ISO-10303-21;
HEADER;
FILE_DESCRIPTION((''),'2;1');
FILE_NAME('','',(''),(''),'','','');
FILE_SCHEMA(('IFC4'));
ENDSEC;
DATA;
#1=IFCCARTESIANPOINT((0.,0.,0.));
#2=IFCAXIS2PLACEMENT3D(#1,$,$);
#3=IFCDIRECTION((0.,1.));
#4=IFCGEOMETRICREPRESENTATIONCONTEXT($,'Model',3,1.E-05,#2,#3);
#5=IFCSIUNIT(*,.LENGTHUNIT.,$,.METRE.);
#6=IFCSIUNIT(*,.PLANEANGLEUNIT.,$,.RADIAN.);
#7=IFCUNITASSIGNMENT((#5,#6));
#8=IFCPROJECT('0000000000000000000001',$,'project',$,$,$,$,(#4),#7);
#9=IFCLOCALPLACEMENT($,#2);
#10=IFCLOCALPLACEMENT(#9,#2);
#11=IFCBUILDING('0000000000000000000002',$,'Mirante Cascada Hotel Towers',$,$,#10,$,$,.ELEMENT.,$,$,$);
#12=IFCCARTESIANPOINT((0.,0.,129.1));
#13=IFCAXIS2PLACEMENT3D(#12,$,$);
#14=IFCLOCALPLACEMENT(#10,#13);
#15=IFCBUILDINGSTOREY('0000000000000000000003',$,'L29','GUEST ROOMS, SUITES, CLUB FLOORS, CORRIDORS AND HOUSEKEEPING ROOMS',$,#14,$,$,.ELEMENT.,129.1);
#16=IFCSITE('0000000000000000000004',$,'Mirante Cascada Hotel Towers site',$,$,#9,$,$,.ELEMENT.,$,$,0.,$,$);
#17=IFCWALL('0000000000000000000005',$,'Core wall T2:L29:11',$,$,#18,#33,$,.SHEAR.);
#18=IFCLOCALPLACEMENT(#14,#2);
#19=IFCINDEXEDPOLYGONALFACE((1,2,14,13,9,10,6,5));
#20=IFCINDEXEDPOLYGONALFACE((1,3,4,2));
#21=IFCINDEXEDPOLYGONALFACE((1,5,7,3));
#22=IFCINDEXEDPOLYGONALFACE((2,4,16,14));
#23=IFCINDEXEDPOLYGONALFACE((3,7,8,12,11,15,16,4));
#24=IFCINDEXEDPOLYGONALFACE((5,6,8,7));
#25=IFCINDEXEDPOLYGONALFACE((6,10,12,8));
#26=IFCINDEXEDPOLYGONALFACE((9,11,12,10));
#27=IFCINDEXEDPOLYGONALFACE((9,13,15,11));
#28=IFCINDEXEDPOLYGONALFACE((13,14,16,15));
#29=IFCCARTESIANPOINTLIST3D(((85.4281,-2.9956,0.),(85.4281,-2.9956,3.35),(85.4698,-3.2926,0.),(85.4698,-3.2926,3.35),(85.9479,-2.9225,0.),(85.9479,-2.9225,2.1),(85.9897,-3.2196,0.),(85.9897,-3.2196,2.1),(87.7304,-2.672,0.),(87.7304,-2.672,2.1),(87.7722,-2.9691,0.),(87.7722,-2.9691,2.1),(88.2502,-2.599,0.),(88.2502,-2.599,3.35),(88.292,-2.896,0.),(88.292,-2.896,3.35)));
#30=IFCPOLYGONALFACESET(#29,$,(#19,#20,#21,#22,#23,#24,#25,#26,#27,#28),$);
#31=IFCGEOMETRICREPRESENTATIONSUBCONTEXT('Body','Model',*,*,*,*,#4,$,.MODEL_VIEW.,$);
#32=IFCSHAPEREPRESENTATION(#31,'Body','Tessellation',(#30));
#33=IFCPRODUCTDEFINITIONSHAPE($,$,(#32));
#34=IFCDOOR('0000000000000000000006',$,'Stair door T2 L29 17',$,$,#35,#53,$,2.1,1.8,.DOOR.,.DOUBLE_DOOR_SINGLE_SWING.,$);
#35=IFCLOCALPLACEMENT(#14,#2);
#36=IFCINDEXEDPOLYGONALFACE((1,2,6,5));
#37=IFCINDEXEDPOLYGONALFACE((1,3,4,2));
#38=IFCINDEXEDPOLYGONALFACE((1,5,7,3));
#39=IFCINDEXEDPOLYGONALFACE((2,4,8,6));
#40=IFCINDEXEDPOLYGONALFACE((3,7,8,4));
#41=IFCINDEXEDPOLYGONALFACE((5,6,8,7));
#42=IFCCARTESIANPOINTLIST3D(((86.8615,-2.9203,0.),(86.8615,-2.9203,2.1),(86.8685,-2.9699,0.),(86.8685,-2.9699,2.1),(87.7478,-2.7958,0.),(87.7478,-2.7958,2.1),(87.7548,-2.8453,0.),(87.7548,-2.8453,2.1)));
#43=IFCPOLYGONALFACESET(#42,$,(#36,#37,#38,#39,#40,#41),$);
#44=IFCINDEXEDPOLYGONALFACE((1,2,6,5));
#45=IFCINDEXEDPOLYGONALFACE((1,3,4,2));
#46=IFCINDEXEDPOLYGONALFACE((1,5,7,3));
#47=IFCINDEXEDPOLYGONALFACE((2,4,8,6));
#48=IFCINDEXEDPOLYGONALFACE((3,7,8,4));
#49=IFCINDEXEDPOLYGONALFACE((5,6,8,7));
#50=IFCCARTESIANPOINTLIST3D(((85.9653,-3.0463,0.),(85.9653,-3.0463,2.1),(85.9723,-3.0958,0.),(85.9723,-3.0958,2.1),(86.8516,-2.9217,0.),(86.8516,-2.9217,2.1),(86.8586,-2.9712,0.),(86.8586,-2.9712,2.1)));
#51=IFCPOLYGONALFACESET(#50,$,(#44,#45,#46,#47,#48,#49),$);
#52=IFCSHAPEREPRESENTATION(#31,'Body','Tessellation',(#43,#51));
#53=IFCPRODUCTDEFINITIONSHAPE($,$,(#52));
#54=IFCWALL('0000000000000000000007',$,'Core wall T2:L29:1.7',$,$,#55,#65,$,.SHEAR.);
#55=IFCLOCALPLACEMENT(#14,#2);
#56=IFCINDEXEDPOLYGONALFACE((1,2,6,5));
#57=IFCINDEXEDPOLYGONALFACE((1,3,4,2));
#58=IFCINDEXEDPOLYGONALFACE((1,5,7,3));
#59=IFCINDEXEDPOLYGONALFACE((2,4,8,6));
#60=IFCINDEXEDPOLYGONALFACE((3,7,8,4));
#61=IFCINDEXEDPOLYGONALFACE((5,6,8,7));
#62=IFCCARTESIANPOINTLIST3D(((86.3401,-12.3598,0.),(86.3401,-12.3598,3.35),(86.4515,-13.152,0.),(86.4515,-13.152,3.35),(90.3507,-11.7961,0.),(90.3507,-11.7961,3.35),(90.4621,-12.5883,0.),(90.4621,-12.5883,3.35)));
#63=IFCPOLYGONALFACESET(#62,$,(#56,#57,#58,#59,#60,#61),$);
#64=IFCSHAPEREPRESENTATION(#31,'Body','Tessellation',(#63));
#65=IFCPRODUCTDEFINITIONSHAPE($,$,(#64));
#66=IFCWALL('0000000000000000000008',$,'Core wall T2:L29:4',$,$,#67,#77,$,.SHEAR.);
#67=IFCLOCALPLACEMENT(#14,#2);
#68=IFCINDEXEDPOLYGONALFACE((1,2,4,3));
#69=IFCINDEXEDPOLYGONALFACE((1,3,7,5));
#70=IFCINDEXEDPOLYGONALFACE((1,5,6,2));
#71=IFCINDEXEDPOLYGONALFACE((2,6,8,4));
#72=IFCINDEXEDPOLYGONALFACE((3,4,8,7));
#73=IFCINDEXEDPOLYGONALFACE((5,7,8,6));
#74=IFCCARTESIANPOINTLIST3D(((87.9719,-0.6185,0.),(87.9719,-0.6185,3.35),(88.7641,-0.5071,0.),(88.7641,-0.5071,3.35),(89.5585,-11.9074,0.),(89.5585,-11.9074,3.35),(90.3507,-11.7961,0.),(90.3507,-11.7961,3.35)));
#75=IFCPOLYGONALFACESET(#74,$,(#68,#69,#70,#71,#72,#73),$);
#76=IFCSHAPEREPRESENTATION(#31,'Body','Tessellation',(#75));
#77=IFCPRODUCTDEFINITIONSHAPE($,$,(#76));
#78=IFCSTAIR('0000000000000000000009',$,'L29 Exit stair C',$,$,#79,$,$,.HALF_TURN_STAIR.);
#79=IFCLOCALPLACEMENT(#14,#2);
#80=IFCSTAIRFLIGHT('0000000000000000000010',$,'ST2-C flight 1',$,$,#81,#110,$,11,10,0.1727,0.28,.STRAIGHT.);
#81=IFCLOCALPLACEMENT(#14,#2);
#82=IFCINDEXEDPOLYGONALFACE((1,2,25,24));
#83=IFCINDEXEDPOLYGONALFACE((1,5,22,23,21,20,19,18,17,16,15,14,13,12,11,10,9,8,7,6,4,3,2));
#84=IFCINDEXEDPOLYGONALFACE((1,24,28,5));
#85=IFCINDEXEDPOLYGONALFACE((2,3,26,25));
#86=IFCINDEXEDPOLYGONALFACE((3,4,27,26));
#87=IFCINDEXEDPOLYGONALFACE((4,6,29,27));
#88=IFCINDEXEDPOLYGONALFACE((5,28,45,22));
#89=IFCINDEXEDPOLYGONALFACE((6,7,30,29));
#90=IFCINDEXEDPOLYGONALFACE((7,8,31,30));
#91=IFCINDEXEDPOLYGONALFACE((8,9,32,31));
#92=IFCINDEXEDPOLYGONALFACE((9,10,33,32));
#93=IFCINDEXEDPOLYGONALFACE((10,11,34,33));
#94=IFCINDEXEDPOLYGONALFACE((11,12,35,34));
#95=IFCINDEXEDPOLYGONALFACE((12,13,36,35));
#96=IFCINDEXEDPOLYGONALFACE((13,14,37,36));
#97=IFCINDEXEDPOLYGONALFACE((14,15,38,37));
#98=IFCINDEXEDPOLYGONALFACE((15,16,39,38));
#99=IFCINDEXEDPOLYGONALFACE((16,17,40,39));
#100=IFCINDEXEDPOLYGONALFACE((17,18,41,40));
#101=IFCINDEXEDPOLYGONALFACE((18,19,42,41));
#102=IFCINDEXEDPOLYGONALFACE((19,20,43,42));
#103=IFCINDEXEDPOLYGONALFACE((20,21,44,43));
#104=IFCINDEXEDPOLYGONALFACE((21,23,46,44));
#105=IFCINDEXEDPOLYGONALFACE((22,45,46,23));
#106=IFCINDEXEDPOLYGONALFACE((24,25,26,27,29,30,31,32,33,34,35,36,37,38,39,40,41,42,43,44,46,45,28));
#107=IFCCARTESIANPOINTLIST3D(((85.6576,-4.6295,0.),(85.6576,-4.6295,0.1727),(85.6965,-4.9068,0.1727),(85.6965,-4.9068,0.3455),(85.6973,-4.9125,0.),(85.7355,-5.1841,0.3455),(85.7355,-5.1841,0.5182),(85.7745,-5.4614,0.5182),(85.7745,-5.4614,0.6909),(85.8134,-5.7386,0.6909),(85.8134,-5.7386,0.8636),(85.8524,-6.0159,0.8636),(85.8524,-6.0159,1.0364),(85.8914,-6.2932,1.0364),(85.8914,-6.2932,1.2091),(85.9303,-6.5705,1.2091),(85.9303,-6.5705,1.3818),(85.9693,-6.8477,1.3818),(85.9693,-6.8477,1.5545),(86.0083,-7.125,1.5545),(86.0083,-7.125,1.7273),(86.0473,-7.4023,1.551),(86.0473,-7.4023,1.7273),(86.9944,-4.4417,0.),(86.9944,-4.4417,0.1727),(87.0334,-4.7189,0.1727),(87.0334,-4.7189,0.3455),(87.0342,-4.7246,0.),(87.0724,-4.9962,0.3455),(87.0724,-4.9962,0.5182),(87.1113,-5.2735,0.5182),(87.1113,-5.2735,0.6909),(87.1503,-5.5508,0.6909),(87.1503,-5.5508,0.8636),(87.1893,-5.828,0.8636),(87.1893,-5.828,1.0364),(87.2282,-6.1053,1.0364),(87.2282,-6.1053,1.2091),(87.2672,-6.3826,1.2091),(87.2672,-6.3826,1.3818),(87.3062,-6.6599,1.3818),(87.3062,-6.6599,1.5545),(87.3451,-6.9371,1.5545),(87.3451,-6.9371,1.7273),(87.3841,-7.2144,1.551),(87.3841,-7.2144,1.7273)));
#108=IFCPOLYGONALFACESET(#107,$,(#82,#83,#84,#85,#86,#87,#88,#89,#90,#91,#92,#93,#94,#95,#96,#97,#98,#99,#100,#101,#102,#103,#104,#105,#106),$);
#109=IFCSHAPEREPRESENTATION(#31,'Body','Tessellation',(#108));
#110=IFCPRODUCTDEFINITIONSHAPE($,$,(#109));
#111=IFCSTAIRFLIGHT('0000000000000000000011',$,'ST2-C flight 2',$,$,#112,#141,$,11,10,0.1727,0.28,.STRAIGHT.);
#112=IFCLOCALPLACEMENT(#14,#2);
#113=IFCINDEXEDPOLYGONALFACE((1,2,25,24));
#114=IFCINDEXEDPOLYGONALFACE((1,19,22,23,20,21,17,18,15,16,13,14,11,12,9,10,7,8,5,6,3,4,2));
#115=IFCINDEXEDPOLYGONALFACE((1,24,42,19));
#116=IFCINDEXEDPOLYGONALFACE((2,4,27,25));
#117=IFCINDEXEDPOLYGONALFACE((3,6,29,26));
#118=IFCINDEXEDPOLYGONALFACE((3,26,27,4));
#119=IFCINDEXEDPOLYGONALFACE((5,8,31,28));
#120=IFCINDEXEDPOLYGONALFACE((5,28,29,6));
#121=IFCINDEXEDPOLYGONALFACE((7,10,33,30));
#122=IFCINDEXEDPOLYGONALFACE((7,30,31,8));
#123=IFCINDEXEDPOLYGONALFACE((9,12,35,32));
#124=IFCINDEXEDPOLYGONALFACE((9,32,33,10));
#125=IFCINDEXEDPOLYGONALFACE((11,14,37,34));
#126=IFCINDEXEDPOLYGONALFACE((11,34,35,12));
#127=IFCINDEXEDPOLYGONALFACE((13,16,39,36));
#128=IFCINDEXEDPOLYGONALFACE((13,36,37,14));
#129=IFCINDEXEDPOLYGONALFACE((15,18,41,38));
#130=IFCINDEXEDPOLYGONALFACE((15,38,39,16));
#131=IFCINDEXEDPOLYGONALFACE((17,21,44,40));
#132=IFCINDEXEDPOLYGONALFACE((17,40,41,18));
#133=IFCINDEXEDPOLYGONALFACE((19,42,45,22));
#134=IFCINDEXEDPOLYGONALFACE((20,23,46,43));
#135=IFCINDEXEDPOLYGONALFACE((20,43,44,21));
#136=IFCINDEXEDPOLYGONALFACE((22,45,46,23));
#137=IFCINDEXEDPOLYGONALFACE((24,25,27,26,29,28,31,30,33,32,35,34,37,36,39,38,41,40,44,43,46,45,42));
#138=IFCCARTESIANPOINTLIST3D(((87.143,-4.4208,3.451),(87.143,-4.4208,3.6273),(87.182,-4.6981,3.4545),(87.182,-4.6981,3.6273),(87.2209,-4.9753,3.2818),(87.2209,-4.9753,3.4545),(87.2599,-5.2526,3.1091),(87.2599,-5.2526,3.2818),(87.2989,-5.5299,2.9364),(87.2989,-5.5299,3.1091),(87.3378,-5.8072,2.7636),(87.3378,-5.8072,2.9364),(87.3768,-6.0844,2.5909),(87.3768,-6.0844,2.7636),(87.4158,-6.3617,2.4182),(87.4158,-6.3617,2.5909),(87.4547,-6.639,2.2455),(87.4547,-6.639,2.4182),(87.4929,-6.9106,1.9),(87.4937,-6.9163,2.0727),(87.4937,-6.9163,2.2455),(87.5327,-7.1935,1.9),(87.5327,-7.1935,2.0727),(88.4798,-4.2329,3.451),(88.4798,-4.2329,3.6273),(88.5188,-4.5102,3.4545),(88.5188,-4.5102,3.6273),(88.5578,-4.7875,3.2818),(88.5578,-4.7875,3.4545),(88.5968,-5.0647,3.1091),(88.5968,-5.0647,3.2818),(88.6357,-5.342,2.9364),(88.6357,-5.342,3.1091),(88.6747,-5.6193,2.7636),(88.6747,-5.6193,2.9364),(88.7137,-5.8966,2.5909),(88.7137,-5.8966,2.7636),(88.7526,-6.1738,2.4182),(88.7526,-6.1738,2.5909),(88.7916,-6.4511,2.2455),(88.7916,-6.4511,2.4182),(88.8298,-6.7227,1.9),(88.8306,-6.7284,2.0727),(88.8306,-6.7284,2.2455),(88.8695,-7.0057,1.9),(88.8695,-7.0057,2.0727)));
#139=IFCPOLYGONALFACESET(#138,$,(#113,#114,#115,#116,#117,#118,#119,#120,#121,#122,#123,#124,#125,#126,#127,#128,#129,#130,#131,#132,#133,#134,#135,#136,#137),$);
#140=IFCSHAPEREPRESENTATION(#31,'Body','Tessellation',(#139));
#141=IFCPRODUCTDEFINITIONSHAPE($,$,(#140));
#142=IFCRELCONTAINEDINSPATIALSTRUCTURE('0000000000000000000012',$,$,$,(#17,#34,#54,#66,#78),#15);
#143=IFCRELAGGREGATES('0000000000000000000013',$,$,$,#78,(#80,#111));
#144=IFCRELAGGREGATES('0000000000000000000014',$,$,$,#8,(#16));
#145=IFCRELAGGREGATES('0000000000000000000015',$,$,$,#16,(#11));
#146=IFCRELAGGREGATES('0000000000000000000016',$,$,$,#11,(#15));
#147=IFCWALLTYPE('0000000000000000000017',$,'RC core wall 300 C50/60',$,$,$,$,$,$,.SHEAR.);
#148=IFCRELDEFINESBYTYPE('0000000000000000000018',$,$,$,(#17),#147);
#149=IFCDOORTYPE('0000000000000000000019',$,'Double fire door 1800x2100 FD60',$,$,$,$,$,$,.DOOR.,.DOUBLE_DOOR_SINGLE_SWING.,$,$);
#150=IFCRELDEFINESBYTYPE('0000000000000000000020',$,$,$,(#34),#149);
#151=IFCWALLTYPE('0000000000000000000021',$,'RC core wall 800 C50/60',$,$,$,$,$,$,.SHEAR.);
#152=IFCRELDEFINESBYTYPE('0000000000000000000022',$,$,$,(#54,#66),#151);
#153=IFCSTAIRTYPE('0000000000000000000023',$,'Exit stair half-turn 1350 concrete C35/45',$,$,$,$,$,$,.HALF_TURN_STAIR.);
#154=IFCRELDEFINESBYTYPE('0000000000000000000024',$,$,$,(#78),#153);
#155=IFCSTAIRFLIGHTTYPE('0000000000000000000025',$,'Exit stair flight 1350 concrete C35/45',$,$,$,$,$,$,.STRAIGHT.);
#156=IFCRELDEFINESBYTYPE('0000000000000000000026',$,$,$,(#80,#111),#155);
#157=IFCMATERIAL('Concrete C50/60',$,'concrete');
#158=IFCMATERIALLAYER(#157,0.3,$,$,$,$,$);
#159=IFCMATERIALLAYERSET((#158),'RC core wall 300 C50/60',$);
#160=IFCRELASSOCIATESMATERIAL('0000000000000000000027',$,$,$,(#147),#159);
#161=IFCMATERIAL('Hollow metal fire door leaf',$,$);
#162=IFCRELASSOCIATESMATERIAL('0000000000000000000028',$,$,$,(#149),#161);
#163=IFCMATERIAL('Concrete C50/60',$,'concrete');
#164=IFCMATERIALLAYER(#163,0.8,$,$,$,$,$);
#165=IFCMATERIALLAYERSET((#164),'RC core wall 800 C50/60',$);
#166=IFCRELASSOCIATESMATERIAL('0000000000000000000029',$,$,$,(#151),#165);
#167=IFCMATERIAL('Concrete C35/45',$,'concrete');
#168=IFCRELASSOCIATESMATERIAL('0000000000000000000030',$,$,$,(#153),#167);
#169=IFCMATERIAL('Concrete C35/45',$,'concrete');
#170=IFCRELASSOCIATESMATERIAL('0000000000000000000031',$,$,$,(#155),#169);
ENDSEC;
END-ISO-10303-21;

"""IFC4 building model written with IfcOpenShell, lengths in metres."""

from ifc_helpers import new_model, si_unit, direction, frame, frame_2d, origin, place, context, subcontext, project, spatial, polyline, rectangle, outline, extrude, material, layer, layer_set, type_object, element, fill, aggregate, save


model = new_model("IFC4")

# Units and contexts
model_context = context("Model", 3, precision=1e-05, world=origin(), true_north=direction((0.0, 1.0)))
body_context = subcontext(model_context, "Body", "Model", "MODEL_VIEW")
ifc_project = project(units=[si_unit("LENGTHUNIT", "METRE"), si_unit("PLANEANGLEUNIT", "RADIAN")], contexts=[model_context])

# Site, building, storey
site_placement = place(None, origin())
site = spatial("IfcSite", under=ifc_project, at=site_placement, Name="Mirante Cascada Hotel Towers site", CompositionType="ELEMENT", RefElevation=0.0)
building_placement = place(site_placement, origin())
building = spatial("IfcBuilding", under=site, at=building_placement, Name="Mirante Cascada Hotel Towers", CompositionType="ELEMENT")
storey_placement = place(building_placement, frame((0.0, 0.0, 129.1)))
storey = spatial("IfcBuildingStorey", under=building, at=storey_placement, Name="L29", Description="GUEST ROOMS, SUITES, CLUB FLOORS, CORRIDORS AND HOUSEKEEPING ROOMS", CompositionType="ELEMENT", Elevation=129.1)

# Shared definitions
ifc_material_1 = material(Name="Concrete C50/60", Category="concrete")
ifc_layer_1 = layer(ifc_material_1, 0.3)
ifc_layer_set_1 = layer_set([ifc_layer_1], Name="RC core wall 300 C50/60")
wall_type_1 = type_object("IfcWallType", Name="RC core wall 300 C50/60", PredefinedType="SHEAR", material=ifc_layer_set_1)

# Wall, opening, door
wall_1_placement = place(storey_placement, frame((85.4489, -3.1441, 0.0), z_axis=(0.0, 0.0, 1.0), x_axis=(0.99027, 0.139161, 0.0)))
wall_1 = element("IfcWall", 1, at=wall_1_placement, inside=storey, type_object=wall_type_1, Name="Core wall T2:L29:11", PredefinedType="SHEAR", context=body_context, shape_type="SweptSolid", body=[
    extrude(rectangle(XDim=2.8499, YDim=0.3, at=frame_2d((1.425, 0.0))), origin(), (0.0, 0.0, 1.0), 3.35),
])
opening_1_placement = place(wall_1_placement, frame((0.525, 0.0, 0.0)))
opening_1 = element("IfcOpeningElement", 2, at=opening_1_placement, cuts=wall_1, PredefinedType="OPENING", context=body_context, shape_type="SweptSolid", body=[
    extrude(rectangle(XDim=1.8, YDim=2.1, at=frame_2d((0.9, 1.05))), frame((0.0, 0.15, 0.0), z_axis=(0.0, -1.0, 0.0), x_axis=(1.0, 0.0, 0.0)), (0.0, 0.0, 1.0), 0.3),
])
ifc_material_2 = material(Name="Hollow metal fire door leaf")
door_type_1 = type_object("IfcDoorType", Name="Double fire door 1800x2100 FD60", OperationType="DOUBLE_DOOR_SINGLE_SWING", PredefinedType="DOOR", material=ifc_material_2)
door_1_placement = place(opening_1_placement, frame((1.8, 0.0, 0.0), z_axis=(0.0, 0.0, 1.0), x_axis=(-1.0, 0.0, 0.0)))
door_1 = element("IfcDoor", 3, at=door_1_placement, inside=storey, type_object=door_type_1, Name="Stair door T2 L29 17", OperationType="DOUBLE_DOOR_SINGLE_SWING", OverallHeight=2.1, OverallWidth=1.8, PredefinedType="DOOR", context=body_context, shape_type="SweptSolid", body=[
    extrude(rectangle(XDim=0.895, YDim=2.1, at=frame_2d((0.4475, 1.05))), frame((0.0, 0.025, 0.0), z_axis=(0.0, -1.0, 0.0), x_axis=(1.0, 0.0, 0.0)), (0.0, 0.0, 1.0), 0.05),
    extrude(rectangle(XDim=0.895, YDim=2.1, at=frame_2d((1.3525, 1.05))), frame((0.0, 0.025, 0.0), z_axis=(0.0, -1.0, 0.0), x_axis=(1.0, 0.0, 0.0)), (0.0, 0.0, 1.0), 0.05),
])
fill(opening_1, door_1)

# Walls
ifc_material_3 = material(Name="Concrete C50/60", Category="concrete")
ifc_layer_2 = layer(ifc_material_3, 0.8)
ifc_layer_set_2 = layer_set([ifc_layer_2], Name="RC core wall 800 C50/60")
wall_type_2 = type_object("IfcWallType", Name="RC core wall 800 C50/60", PredefinedType="SHEAR", material=ifc_layer_set_2)
wall_2_placement = place(storey_placement, frame((86.3958, -12.7559, 0.0), z_axis=(0.0, 0.0, 1.0), x_axis=(0.990267, 0.139184, 0.0)))
element("IfcWall", 4, at=wall_2_placement, inside=storey, type_object=wall_type_2, Name="Core wall T2:L29:1.7", PredefinedType="SHEAR", context=body_context, shape_type="SweptSolid", body=[
    extrude(rectangle(XDim=4.05, YDim=0.8, at=frame_2d((2.025, 0.0))), origin(), (0.0, 0.0, 1.0), 3.35),
])
wall_3_placement = place(storey_placement, frame((89.9546, -11.8518, 0.0), z_axis=(0.0, 0.0, 1.0), x_axis=(-0.139176, 0.990268, 0.0)))
element("IfcWall", 5, at=wall_3_placement, inside=storey, type_object=wall_type_2, Name="Core wall T2:L29:4", PredefinedType="SHEAR", context=body_context, shape_type="SweptSolid", body=[
    extrude(rectangle(XDim=11.3999, YDim=0.8, at=frame_2d((5.7, 0.0))), origin(), (0.0, 0.0, 1.0), 3.35),
])

# Stair, stair flights
ifc_material_4 = material(Name="Concrete C35/45", Category="concrete")
stair_type = type_object("IfcStairType", Name="Exit stair half-turn 1350 concrete C35/45", PredefinedType="HALF_TURN_STAIR", material=ifc_material_4)
stair_placement = place(storey_placement, origin())
stair = element("IfcStair", 6, at=stair_placement, inside=storey, type_object=stair_type, Name="L29 Exit stair C", PredefinedType="HALF_TURN_STAIR")
ifc_material_5 = material(Name="Concrete C35/45", Category="concrete")
stair_flight_type = type_object("IfcStairFlightType", Name="Exit stair flight 1350 concrete C35/45", PredefinedType="STRAIGHT", material=ifc_material_5)
stair_flight_1_placement = place(storey_placement, frame((86.326, -4.5356, 0.0), z_axis=(0.0, 0.0, 1.0), x_axis=(0.139173, -0.990268, 0.0)))
stair_flight_1 = element("IfcStairFlight", 7, at=stair_flight_1_placement, type_object=stair_flight_type, Name="ST2-C flight 1", NumberOfRisers=11, NumberOfTreads=10, PredefinedType="STRAIGHT", RiserHeight=0.1727, TreadLength=0.28, context=body_context, shape_type="SweptSolid", body=[
    extrude(outline(polyline([(0.0, 0.0), (0.0, 0.1727), (0.28, 0.1727), (0.28, 0.3455), (0.56, 0.3455), (0.56, 0.5182), (0.84, 0.5182), (0.84, 0.6909), (1.12, 0.6909), (1.12, 0.8636), (1.4, 0.8636), (1.4, 1.0364), (1.68, 1.0364), (1.68, 1.2091), (1.96, 1.2091), (1.96, 1.3818), (2.24, 1.3818), (2.24, 1.5545), (2.52, 1.5545), (2.52, 1.7273), (2.8, 1.7273), (2.8, 1.9), (2.8, 1.551), (0.2857, 0.0), (0.0, 0.0)])), frame((0.0, 0.675, 0.0), z_axis=(0.0, -1.0, 0.0), x_axis=(1.0, 0.0, 0.0)), (0.0, 0.0, 1.0), 1.35),
])
stair_flight_2_placement = place(storey_placement, frame((88.2011, -7.0996, 1.9), z_axis=(0.0, 0.0, 1.0), x_axis=(-0.139173, 0.990268, 0.0)))
stair_flight_2 = element("IfcStairFlight", 8, at=stair_flight_2_placement, type_object=stair_flight_type, Name="ST2-C flight 2", NumberOfRisers=11, NumberOfTreads=10, PredefinedType="STRAIGHT", RiserHeight=0.1727, TreadLength=0.28, context=body_context, shape_type="SweptSolid", body=[
    extrude(outline(polyline([(0.0, 0.0), (0.0, 0.1727), (0.28, 0.1727), (0.28, 0.3455), (0.56, 0.3455), (0.56, 0.5182), (0.84, 0.5182), (0.84, 0.6909), (1.12, 0.6909), (1.12, 0.8636), (1.4, 0.8636), (1.4, 1.0364), (1.68, 1.0364), (1.68, 1.2091), (1.96, 1.2091), (1.96, 1.3818), (2.24, 1.3818), (2.24, 1.5545), (2.52, 1.5545), (2.52, 1.7273), (2.8, 1.7273), (2.8, 1.9), (2.8, 1.551), (0.2857, 0.0), (0.0, 0.0)])), frame((0.0, 0.675, 0.0), z_axis=(0.0, -1.0, 0.0), x_axis=(1.0, 0.0, 0.0)), (0.0, 0.0, 1.0), 1.35),
])
aggregate(stair, [stair_flight_1, stair_flight_2])

save(model, "model.ifc")
